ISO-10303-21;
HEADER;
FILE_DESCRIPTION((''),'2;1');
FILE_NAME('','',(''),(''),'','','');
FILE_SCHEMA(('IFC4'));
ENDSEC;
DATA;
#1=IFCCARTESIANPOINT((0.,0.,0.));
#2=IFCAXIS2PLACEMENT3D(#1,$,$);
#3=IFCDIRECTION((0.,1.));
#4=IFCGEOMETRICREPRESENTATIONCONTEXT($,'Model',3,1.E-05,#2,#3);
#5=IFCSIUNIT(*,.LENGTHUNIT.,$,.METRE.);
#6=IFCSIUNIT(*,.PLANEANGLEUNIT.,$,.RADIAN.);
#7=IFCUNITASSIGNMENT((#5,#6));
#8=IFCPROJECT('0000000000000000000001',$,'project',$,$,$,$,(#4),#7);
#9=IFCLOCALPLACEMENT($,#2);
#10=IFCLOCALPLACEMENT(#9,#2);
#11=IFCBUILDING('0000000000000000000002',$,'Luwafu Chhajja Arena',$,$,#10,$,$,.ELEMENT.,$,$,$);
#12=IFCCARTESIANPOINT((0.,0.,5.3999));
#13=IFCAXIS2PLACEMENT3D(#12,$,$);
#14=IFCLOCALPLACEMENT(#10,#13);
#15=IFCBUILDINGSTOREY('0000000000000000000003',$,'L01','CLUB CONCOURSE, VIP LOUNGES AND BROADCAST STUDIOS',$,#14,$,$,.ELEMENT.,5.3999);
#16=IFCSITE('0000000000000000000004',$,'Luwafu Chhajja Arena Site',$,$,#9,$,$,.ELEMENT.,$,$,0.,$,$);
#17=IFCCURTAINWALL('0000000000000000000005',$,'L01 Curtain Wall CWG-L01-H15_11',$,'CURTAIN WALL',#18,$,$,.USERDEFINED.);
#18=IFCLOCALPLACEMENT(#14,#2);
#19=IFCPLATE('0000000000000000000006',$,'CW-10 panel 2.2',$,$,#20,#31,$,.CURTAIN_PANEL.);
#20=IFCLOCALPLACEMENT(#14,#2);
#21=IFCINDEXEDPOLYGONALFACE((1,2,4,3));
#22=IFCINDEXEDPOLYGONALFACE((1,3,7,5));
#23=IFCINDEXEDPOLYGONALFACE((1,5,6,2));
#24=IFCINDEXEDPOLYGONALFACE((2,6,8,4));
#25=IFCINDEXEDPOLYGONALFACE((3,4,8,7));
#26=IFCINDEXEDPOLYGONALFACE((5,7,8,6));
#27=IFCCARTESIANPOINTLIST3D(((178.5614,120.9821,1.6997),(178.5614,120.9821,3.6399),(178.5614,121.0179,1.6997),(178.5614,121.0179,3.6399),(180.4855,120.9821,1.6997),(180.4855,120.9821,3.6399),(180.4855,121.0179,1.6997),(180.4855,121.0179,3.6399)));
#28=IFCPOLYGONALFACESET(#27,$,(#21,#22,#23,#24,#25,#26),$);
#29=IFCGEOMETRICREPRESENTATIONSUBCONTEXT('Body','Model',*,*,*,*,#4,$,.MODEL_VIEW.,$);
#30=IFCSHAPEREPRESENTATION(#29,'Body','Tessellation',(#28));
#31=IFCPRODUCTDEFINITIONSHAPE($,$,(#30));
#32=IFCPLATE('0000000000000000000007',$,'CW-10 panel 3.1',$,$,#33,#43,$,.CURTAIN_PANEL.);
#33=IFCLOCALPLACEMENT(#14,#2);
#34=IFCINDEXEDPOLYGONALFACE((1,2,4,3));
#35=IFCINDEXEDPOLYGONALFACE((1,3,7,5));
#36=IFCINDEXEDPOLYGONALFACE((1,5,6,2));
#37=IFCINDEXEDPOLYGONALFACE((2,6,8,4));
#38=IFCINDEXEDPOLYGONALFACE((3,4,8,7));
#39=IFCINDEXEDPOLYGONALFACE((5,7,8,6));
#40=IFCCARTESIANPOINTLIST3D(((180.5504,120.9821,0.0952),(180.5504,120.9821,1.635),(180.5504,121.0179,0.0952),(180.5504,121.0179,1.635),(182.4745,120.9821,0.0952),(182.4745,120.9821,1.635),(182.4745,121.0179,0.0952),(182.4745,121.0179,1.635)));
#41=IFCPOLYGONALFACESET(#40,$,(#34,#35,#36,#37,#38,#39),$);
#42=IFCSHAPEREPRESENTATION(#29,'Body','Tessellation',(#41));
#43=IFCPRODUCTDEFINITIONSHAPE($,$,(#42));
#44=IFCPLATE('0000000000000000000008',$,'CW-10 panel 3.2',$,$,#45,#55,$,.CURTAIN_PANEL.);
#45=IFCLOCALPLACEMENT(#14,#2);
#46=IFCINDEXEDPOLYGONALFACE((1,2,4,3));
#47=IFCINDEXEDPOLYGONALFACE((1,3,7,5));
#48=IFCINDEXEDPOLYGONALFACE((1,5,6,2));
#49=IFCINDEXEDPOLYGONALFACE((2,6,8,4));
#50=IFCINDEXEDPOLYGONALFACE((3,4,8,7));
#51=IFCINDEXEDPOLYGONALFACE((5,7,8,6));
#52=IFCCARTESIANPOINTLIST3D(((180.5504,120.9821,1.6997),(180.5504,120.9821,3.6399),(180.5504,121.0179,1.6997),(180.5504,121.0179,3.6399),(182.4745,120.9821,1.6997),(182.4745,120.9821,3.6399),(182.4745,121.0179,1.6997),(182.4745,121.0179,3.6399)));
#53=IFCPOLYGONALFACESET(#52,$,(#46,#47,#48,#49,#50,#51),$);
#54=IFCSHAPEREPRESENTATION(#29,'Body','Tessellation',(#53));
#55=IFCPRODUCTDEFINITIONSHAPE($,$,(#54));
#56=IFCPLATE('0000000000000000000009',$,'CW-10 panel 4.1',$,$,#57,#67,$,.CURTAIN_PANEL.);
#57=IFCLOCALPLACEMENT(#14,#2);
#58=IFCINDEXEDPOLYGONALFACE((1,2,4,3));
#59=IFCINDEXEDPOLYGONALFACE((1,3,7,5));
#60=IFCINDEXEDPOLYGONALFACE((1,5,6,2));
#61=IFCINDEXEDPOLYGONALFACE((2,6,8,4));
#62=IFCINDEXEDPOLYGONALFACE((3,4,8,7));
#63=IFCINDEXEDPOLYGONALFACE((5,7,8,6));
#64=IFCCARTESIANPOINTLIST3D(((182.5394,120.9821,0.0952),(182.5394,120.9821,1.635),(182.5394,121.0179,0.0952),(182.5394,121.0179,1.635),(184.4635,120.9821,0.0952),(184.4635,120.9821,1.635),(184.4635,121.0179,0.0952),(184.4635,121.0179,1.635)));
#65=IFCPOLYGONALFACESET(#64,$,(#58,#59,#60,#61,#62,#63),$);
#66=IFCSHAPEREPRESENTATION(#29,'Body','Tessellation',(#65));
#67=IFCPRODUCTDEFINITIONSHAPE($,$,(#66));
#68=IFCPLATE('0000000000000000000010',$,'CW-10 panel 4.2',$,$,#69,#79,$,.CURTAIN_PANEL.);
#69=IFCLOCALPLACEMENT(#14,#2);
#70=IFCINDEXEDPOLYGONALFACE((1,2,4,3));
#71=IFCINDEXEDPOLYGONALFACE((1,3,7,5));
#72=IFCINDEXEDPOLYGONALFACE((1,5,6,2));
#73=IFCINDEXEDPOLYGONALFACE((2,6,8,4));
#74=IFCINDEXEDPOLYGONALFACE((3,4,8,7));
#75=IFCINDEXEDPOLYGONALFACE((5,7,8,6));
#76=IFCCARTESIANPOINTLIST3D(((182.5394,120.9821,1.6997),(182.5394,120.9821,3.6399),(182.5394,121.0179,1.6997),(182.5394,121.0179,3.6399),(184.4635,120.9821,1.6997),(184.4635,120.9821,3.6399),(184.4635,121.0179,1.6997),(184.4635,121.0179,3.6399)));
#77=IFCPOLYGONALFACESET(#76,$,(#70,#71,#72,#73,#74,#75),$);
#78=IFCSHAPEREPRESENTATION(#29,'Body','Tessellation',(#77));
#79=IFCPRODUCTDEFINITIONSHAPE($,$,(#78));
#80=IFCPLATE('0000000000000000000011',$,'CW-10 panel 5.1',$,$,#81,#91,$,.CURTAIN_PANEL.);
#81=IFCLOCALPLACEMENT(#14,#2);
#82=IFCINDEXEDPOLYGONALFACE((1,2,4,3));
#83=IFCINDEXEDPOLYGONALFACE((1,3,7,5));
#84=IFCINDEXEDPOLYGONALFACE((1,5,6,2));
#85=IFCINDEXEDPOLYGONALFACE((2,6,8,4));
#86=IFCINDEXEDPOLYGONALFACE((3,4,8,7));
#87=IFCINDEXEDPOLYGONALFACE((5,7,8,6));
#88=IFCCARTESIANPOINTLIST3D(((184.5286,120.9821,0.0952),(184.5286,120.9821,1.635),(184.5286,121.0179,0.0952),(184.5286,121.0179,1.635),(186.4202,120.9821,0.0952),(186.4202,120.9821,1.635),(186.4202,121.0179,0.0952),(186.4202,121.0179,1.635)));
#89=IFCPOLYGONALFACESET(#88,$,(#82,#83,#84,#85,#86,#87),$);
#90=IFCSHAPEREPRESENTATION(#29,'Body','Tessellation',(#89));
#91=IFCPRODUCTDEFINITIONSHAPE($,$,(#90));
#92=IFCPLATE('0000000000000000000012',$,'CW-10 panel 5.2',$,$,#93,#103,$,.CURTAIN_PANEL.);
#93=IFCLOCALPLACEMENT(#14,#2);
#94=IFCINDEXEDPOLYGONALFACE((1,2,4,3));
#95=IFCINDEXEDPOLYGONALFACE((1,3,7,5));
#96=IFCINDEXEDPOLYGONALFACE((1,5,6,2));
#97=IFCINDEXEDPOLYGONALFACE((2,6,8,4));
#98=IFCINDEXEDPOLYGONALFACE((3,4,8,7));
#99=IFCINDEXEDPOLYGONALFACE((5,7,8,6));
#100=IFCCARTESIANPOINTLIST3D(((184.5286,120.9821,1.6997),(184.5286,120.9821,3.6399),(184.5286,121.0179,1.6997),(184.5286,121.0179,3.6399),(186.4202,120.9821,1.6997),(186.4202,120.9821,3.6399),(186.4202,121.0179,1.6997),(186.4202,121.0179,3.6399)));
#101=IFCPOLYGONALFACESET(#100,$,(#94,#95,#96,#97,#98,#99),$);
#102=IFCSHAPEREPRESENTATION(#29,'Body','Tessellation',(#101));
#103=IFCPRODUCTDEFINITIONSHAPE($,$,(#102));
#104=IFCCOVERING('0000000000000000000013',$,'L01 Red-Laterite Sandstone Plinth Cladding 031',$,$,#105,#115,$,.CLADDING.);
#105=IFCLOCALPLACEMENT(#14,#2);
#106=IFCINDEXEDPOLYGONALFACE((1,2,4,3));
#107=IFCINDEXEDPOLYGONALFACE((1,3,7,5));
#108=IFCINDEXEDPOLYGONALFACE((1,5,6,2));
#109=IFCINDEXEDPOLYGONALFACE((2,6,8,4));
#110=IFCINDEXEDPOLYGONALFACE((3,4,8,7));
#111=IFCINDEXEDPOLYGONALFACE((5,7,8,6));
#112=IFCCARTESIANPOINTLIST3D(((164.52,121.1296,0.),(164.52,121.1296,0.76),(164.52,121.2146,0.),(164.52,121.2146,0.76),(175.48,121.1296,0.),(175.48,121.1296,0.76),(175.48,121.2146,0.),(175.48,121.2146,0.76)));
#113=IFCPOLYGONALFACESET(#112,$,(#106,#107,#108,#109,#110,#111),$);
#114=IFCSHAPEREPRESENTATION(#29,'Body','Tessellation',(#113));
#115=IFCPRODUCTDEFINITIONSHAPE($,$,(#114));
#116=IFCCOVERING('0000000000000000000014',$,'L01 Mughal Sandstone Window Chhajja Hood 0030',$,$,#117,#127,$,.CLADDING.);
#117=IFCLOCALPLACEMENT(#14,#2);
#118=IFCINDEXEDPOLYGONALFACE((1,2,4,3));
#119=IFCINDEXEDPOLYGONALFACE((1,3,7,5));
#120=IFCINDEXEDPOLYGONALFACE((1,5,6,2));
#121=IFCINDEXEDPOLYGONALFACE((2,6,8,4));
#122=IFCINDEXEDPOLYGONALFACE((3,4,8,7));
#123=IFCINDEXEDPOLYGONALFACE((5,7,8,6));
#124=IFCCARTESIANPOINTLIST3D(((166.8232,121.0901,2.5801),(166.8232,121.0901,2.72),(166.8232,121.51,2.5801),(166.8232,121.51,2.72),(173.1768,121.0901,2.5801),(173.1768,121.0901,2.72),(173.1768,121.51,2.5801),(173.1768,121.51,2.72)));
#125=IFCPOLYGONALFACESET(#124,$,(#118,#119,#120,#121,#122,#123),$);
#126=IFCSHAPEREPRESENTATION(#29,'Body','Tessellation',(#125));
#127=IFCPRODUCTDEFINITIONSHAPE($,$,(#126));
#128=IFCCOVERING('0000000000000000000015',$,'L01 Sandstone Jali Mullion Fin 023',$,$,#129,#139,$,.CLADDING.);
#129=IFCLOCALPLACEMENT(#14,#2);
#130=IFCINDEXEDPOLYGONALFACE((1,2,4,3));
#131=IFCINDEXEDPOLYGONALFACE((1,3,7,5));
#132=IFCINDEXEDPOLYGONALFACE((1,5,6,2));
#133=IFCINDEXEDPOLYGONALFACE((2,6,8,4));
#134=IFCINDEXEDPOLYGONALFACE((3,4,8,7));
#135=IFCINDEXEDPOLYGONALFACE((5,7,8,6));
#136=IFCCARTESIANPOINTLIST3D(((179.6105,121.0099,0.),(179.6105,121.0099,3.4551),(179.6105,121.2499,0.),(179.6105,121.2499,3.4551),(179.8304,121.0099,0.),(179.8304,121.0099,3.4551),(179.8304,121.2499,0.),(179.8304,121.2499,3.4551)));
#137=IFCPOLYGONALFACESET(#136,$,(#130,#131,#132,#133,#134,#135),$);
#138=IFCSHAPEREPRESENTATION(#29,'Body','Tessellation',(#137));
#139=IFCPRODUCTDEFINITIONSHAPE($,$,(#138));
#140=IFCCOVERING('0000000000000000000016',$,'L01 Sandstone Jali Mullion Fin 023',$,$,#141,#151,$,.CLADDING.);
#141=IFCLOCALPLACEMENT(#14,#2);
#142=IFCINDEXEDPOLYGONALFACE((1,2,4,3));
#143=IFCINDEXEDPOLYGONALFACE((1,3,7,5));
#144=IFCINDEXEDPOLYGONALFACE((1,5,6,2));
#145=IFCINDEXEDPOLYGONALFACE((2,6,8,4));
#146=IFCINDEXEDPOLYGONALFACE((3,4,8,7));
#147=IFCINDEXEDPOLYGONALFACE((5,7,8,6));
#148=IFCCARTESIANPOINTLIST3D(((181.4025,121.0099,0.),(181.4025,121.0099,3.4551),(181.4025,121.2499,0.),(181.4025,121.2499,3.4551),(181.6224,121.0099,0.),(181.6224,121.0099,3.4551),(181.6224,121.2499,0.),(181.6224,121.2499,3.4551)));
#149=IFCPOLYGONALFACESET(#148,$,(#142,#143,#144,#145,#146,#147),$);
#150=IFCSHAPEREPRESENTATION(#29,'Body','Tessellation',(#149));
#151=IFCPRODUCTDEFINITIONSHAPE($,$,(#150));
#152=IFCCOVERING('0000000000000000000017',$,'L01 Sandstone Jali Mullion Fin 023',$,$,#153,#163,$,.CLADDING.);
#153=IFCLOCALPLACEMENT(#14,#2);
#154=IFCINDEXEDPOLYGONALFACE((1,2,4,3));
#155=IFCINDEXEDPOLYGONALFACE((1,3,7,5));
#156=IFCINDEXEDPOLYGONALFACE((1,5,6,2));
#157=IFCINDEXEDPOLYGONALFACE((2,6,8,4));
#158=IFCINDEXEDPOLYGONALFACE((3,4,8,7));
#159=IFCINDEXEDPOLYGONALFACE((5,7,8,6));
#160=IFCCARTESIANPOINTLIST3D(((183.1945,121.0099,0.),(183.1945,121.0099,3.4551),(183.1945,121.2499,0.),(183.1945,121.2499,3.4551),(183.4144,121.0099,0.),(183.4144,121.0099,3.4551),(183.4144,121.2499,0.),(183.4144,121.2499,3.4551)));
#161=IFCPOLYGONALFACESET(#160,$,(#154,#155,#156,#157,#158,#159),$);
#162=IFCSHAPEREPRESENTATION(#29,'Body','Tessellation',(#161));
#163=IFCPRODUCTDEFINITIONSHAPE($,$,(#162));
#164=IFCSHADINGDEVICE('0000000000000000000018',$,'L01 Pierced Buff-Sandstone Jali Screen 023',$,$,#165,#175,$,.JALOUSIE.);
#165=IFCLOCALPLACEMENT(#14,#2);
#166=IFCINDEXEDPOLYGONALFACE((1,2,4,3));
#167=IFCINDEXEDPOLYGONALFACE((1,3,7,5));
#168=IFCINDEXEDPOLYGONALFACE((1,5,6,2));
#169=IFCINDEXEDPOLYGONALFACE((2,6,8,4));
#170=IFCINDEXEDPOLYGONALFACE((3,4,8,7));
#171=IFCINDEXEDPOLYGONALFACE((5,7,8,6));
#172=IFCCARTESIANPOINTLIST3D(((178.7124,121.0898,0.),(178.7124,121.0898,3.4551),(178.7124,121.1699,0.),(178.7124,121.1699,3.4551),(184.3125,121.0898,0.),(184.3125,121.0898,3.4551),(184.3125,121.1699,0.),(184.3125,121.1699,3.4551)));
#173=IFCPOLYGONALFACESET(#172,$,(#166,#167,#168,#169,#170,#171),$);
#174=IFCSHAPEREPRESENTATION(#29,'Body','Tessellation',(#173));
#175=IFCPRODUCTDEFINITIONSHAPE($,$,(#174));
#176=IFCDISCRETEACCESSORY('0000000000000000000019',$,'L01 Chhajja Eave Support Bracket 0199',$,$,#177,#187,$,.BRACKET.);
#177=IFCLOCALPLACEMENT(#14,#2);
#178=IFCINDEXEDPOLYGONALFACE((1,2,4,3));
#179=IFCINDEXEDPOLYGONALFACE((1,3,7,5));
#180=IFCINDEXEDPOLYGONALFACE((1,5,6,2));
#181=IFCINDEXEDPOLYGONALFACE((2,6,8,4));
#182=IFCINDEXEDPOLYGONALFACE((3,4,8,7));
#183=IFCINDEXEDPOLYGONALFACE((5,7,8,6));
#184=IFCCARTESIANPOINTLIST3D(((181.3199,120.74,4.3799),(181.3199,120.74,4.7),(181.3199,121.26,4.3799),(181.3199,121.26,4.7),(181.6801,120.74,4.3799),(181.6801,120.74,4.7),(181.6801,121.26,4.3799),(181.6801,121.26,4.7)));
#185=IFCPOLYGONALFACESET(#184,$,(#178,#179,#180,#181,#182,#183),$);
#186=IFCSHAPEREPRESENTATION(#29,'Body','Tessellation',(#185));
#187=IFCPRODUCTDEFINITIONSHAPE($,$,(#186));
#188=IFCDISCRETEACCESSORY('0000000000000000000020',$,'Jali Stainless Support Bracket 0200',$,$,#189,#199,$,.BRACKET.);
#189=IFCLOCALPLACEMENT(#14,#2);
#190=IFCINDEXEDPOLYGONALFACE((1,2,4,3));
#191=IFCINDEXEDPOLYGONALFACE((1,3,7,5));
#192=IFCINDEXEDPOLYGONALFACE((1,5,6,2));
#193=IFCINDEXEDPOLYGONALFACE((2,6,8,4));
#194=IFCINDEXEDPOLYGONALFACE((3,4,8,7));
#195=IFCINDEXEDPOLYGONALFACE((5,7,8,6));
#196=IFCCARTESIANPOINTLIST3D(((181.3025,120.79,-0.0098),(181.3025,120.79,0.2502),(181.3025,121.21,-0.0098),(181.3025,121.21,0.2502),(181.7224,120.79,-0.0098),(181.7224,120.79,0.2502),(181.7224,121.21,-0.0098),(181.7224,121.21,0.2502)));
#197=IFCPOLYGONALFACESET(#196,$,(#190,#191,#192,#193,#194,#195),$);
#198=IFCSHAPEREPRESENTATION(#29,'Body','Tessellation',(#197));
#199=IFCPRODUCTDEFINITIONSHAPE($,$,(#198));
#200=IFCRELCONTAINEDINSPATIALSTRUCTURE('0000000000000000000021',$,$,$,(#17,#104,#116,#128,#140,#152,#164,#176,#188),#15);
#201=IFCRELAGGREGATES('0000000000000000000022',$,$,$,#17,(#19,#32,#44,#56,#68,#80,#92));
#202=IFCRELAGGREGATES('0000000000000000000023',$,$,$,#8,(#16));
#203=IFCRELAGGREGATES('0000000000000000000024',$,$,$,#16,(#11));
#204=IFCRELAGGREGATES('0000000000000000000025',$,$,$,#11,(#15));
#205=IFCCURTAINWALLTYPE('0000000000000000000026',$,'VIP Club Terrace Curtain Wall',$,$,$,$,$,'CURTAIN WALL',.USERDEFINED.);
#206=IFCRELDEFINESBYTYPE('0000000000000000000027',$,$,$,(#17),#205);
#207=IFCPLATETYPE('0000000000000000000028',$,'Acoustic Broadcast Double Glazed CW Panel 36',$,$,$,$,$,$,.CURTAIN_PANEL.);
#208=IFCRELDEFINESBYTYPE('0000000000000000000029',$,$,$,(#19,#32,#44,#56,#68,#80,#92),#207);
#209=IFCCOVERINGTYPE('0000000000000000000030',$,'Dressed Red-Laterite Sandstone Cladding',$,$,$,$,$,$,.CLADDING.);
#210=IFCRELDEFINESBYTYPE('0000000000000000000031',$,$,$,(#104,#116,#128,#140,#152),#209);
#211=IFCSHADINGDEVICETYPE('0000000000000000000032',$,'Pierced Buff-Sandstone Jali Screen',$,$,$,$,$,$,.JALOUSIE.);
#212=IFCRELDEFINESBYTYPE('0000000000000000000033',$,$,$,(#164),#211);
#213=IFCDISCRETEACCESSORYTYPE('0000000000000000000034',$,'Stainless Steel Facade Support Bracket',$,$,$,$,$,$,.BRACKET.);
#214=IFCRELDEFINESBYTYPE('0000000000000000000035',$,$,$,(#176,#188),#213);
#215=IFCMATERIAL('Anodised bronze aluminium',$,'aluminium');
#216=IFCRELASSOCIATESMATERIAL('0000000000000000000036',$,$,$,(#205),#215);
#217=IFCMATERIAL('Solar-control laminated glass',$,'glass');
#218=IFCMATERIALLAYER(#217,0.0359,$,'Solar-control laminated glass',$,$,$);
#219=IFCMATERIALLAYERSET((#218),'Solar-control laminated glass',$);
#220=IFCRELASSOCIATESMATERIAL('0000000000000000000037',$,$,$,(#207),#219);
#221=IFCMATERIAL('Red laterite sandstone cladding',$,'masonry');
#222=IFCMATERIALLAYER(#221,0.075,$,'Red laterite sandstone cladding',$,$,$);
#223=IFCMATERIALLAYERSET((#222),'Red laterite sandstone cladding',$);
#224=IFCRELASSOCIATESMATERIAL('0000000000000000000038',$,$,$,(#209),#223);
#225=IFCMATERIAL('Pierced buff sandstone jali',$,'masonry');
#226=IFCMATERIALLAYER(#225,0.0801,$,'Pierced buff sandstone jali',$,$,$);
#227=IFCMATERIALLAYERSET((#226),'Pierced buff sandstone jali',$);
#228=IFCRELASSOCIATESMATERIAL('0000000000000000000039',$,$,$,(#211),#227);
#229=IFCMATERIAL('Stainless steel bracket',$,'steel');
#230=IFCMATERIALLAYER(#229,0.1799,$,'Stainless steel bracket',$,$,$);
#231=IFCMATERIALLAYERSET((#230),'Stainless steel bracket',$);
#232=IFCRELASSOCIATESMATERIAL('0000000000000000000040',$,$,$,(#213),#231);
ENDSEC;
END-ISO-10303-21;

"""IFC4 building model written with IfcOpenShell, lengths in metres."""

from ifc_helpers import new_model, si_unit, direction, frame, origin, origin_2d, place, context, subcontext, project, spatial, rectangle, extrude, material, layer, layer_set, type_object, element, aggregate, save


model = new_model("IFC4")

# Units and contexts
model_context = context("Model", 3, precision=1e-05, world=origin(), true_north=direction((0.0, 1.0)))
body_context = subcontext(model_context, "Body", "Model", "MODEL_VIEW")
ifc_project = project(units=[si_unit("LENGTHUNIT", "METRE"), si_unit("PLANEANGLEUNIT", "RADIAN")], contexts=[model_context])

# Site, building, storey
site_placement = place(None, origin())
site = spatial("IfcSite", under=ifc_project, at=site_placement, Name="Luwafu Chhajja Arena Site", CompositionType="ELEMENT", RefElevation=0.0)
building_placement = place(site_placement, origin())
building = spatial("IfcBuilding", under=site, at=building_placement, Name="Luwafu Chhajja Arena", CompositionType="ELEMENT")
storey_placement = place(building_placement, frame((0.0, 0.0, 5.3999)))
storey = spatial("IfcBuildingStorey", under=building, at=storey_placement, Name="L01", Description="CLUB CONCOURSE, VIP LOUNGES AND BROADCAST STUDIOS", CompositionType="ELEMENT", Elevation=5.3999)

# Curtain wall, plates
ifc_material_1 = material(Name="Anodised bronze aluminium", Category="aluminium")
curtain_wall_type = type_object("IfcCurtainWallType", Name="VIP Club Terrace Curtain Wall", ElementType="CURTAIN WALL", PredefinedType="USERDEFINED", material=ifc_material_1)
curtain_wall_placement = place(storey_placement, origin())
curtain_wall = element("IfcCurtainWall", 1, at=curtain_wall_placement, inside=storey, type_object=curtain_wall_type, Name="L01 Curtain Wall CWG-L01-H15_11", ObjectType="CURTAIN WALL", PredefinedType="USERDEFINED")
ifc_material_2 = material(Name="Solar-control laminated glass", Category="glass")
ifc_layer_1 = layer(ifc_material_2, 0.0359, Name="Solar-control laminated glass")
ifc_layer_set_1 = layer_set([ifc_layer_1], Name="Solar-control laminated glass")
plate_type = type_object("IfcPlateType", Name="Acoustic Broadcast Double Glazed CW Panel 36", PredefinedType="CURTAIN_PANEL", material=ifc_layer_set_1)
plate_1_placement = place(storey_placement, frame((179.5234, 121.0, 1.6997), z_axis=(0.0, 0.0, 1.0), x_axis=(1.0, 0.0, 0.0)))
plate_1 = element("IfcPlate", 2, at=plate_1_placement, type_object=plate_type, Name="CW-10 panel 2.2", PredefinedType="CURTAIN_PANEL", context=body_context, shape_type="SweptSolid", body=[
    extrude(rectangle(XDim=1.9241, YDim=0.0359, at=origin_2d()), origin(), (0.0, 0.0, 1.0), 1.9402),
])
plate_2_placement = place(storey_placement, frame((181.5125, 121.0, 0.0952), z_axis=(0.0, 0.0, 1.0), x_axis=(1.0, 0.0, 0.0)))
plate_2 = element("IfcPlate", 3, at=plate_2_placement, type_object=plate_type, Name="CW-10 panel 3.1", PredefinedType="CURTAIN_PANEL", context=body_context, shape_type="SweptSolid", body=[
    extrude(rectangle(XDim=1.9241, YDim=0.0359, at=origin_2d()), origin(), (0.0, 0.0, 1.0), 1.5398),
])
plate_3_placement = place(storey_placement, frame((181.5125, 121.0, 1.6997), z_axis=(0.0, 0.0, 1.0), x_axis=(1.0, 0.0, 0.0)))
plate_3 = element("IfcPlate", 4, at=plate_3_placement, type_object=plate_type, Name="CW-10 panel 3.2", PredefinedType="CURTAIN_PANEL", context=body_context, shape_type="SweptSolid", body=[
    extrude(rectangle(XDim=1.9241, YDim=0.0359, at=origin_2d()), origin(), (0.0, 0.0, 1.0), 1.9402),
])
plate_4_placement = place(storey_placement, frame((183.5015, 121.0, 0.0952), z_axis=(0.0, 0.0, 1.0), x_axis=(1.0, 0.0, 0.0)))
plate_4 = element("IfcPlate", 5, at=plate_4_placement, type_object=plate_type, Name="CW-10 panel 4.1", PredefinedType="CURTAIN_PANEL", context=body_context, shape_type="SweptSolid", body=[
    extrude(rectangle(XDim=1.9241, YDim=0.0359, at=origin_2d()), origin(), (0.0, 0.0, 1.0), 1.5398),
])
plate_5_placement = place(storey_placement, frame((183.5015, 121.0, 1.6997), z_axis=(0.0, 0.0, 1.0), x_axis=(1.0, 0.0, 0.0)))
plate_5 = element("IfcPlate", 6, at=plate_5_placement, type_object=plate_type, Name="CW-10 panel 4.2", PredefinedType="CURTAIN_PANEL", context=body_context, shape_type="SweptSolid", body=[
    extrude(rectangle(XDim=1.9241, YDim=0.0359, at=origin_2d()), origin(), (0.0, 0.0, 1.0), 1.9402),
])
plate_6_placement = place(storey_placement, frame((185.4744, 121.0, 0.0952), z_axis=(0.0, 0.0, 1.0), x_axis=(1.0, 0.0, 0.0)))
plate_6 = element("IfcPlate", 7, at=plate_6_placement, type_object=plate_type, Name="CW-10 panel 5.1", PredefinedType="CURTAIN_PANEL", context=body_context, shape_type="SweptSolid", body=[
    extrude(rectangle(XDim=1.8916, YDim=0.0359, at=origin_2d()), origin(), (0.0, 0.0, 1.0), 1.5398),
])
plate_7_placement = place(storey_placement, frame((185.4744, 121.0, 1.6997), z_axis=(0.0, 0.0, 1.0), x_axis=(1.0, 0.0, 0.0)))
plate_7 = element("IfcPlate", 8, at=plate_7_placement, type_object=plate_type, Name="CW-10 panel 5.2", PredefinedType="CURTAIN_PANEL", context=body_context, shape_type="SweptSolid", body=[
    extrude(rectangle(XDim=1.8916, YDim=0.0359, at=origin_2d()), origin(), (0.0, 0.0, 1.0), 1.9402),
])
aggregate(curtain_wall, [plate_1, plate_2, plate_3, plate_4, plate_5, plate_6, plate_7])

# Coverings
ifc_material_3 = material(Name="Red laterite sandstone cladding", Category="masonry")
ifc_layer_2 = layer(ifc_material_3, 0.075, Name="Red laterite sandstone cladding")
ifc_layer_set_2 = layer_set([ifc_layer_2], Name="Red laterite sandstone cladding")
covering_type = type_object("IfcCoveringType", Name="Dressed Red-Laterite Sandstone Cladding", PredefinedType="CLADDING", material=ifc_layer_set_2)
covering_1_placement = place(storey_placement, frame((170.0, 121.1721, 0.0), z_axis=(0.0, 0.0, 1.0), x_axis=(1.0, 0.0, 0.0)))
element("IfcCovering", 9, at=covering_1_placement, inside=storey, type_object=covering_type, Name="L01 Red-Laterite Sandstone Plinth Cladding 031", PredefinedType="CLADDING", context=body_context, shape_type="SweptSolid", body=[
    extrude(rectangle(XDim=10.96, YDim=0.085, at=origin_2d()), origin(), (0.0, 0.0, 1.0), 0.76),
])
covering_2_placement = place(storey_placement, frame((170.0, 121.3, 2.5801), z_axis=(0.0, 0.0, 1.0), x_axis=(1.0, 0.0, 0.0)))
element("IfcCovering", 10, at=covering_2_placement, inside=storey, type_object=covering_type, Name="L01 Mughal Sandstone Window Chhajja Hood 0030", PredefinedType="CLADDING", context=body_context, shape_type="SweptSolid", body=[
    extrude(rectangle(XDim=6.3535, YDim=0.4199, at=origin_2d()), origin(), (0.0, 0.0, 1.0), 0.1399),
])
for number, where, z_axis, x_axis, name in (
    (11, (179.7205, 121.1299, 0.0), (0.0, 0.0, 1.0), (1.0, 0.0, 0.0), "L01 Sandstone Jali Mullion Fin 023"),
    (12, (181.5125, 121.1299, 0.0), (0.0, 0.0, 1.0), (1.0, 0.0, 0.0), "L01 Sandstone Jali Mullion Fin 023"),
    (13, (183.3044, 121.1299, 0.0), (0.0, 0.0, 1.0), (1.0, 0.0, 0.0), "L01 Sandstone Jali Mullion Fin 023"),
):
    element("IfcCovering", number, at=place(storey_placement, frame(where, z_axis=z_axis, x_axis=x_axis)), inside=storey, type_object=covering_type, Name=name, PredefinedType="CLADDING", context=body_context, shape_type="SweptSolid", body=[
        extrude(rectangle(XDim=0.22, YDim=0.24, at=origin_2d()), origin(), (0.0, 0.0, 1.0), 3.4551),
    ])

# Shading device
ifc_material_4 = material(Name="Pierced buff sandstone jali", Category="masonry")
ifc_layer_3 = layer(ifc_material_4, 0.0801, Name="Pierced buff sandstone jali")
ifc_layer_set_3 = layer_set([ifc_layer_3], Name="Pierced buff sandstone jali")
shading_device_type = type_object("IfcShadingDeviceType", Name="Pierced Buff-Sandstone Jali Screen", PredefinedType="JALOUSIE", material=ifc_layer_set_3)
shading_device_placement = place(storey_placement, frame((181.5125, 121.1299, 0.0), z_axis=(0.0, 0.0, 1.0), x_axis=(1.0, 0.0, 0.0)))
element("IfcShadingDevice", 14, at=shading_device_placement, inside=storey, type_object=shading_device_type, Name="L01 Pierced Buff-Sandstone Jali Screen 023", PredefinedType="JALOUSIE", context=body_context, shape_type="SweptSolid", body=[
    extrude(rectangle(XDim=5.6001, YDim=0.0801, at=origin_2d()), origin(), (0.0, 0.0, 1.0), 3.4551),
])

# Discrete accessories
ifc_material_5 = material(Name="Stainless steel bracket", Category="steel")
ifc_layer_4 = layer(ifc_material_5, 0.1799, Name="Stainless steel bracket")
ifc_layer_set_4 = layer_set([ifc_layer_4], Name="Stainless steel bracket")
discrete_accessory_type = type_object("IfcDiscreteAccessoryType", Name="Stainless Steel Facade Support Bracket", PredefinedType="BRACKET", material=ifc_layer_set_4)
discrete_accessory_1_placement = place(storey_placement, frame((181.5, 121.0, 4.3799), z_axis=(0.0, 0.0, 1.0), x_axis=(1.0, 0.0, 0.0)))
element("IfcDiscreteAccessory", 15, at=discrete_accessory_1_placement, inside=storey, type_object=discrete_accessory_type, Name="L01 Chhajja Eave Support Bracket 0199", PredefinedType="BRACKET", context=body_context, shape_type="SweptSolid", body=[
    extrude(rectangle(XDim=0.3601, YDim=0.52, at=origin_2d()), origin(), (0.0, 0.0, 1.0), 0.3201),
])
discrete_accessory_2_placement = place(storey_placement, frame((181.5125, 121.0, -0.0098), z_axis=(0.0, 0.0, 1.0), x_axis=(1.0, 0.0, 0.0)))
element("IfcDiscreteAccessory", 16, at=discrete_accessory_2_placement, inside=storey, type_object=discrete_accessory_type, Name="Jali Stainless Support Bracket 0200", PredefinedType="BRACKET", context=body_context, shape_type="SweptSolid", body=[
    extrude(rectangle(XDim=0.4199, YDim=0.4199, at=origin_2d()), origin(), (0.0, 0.0, 1.0), 0.26),
])

save(model, "model.ifc")
